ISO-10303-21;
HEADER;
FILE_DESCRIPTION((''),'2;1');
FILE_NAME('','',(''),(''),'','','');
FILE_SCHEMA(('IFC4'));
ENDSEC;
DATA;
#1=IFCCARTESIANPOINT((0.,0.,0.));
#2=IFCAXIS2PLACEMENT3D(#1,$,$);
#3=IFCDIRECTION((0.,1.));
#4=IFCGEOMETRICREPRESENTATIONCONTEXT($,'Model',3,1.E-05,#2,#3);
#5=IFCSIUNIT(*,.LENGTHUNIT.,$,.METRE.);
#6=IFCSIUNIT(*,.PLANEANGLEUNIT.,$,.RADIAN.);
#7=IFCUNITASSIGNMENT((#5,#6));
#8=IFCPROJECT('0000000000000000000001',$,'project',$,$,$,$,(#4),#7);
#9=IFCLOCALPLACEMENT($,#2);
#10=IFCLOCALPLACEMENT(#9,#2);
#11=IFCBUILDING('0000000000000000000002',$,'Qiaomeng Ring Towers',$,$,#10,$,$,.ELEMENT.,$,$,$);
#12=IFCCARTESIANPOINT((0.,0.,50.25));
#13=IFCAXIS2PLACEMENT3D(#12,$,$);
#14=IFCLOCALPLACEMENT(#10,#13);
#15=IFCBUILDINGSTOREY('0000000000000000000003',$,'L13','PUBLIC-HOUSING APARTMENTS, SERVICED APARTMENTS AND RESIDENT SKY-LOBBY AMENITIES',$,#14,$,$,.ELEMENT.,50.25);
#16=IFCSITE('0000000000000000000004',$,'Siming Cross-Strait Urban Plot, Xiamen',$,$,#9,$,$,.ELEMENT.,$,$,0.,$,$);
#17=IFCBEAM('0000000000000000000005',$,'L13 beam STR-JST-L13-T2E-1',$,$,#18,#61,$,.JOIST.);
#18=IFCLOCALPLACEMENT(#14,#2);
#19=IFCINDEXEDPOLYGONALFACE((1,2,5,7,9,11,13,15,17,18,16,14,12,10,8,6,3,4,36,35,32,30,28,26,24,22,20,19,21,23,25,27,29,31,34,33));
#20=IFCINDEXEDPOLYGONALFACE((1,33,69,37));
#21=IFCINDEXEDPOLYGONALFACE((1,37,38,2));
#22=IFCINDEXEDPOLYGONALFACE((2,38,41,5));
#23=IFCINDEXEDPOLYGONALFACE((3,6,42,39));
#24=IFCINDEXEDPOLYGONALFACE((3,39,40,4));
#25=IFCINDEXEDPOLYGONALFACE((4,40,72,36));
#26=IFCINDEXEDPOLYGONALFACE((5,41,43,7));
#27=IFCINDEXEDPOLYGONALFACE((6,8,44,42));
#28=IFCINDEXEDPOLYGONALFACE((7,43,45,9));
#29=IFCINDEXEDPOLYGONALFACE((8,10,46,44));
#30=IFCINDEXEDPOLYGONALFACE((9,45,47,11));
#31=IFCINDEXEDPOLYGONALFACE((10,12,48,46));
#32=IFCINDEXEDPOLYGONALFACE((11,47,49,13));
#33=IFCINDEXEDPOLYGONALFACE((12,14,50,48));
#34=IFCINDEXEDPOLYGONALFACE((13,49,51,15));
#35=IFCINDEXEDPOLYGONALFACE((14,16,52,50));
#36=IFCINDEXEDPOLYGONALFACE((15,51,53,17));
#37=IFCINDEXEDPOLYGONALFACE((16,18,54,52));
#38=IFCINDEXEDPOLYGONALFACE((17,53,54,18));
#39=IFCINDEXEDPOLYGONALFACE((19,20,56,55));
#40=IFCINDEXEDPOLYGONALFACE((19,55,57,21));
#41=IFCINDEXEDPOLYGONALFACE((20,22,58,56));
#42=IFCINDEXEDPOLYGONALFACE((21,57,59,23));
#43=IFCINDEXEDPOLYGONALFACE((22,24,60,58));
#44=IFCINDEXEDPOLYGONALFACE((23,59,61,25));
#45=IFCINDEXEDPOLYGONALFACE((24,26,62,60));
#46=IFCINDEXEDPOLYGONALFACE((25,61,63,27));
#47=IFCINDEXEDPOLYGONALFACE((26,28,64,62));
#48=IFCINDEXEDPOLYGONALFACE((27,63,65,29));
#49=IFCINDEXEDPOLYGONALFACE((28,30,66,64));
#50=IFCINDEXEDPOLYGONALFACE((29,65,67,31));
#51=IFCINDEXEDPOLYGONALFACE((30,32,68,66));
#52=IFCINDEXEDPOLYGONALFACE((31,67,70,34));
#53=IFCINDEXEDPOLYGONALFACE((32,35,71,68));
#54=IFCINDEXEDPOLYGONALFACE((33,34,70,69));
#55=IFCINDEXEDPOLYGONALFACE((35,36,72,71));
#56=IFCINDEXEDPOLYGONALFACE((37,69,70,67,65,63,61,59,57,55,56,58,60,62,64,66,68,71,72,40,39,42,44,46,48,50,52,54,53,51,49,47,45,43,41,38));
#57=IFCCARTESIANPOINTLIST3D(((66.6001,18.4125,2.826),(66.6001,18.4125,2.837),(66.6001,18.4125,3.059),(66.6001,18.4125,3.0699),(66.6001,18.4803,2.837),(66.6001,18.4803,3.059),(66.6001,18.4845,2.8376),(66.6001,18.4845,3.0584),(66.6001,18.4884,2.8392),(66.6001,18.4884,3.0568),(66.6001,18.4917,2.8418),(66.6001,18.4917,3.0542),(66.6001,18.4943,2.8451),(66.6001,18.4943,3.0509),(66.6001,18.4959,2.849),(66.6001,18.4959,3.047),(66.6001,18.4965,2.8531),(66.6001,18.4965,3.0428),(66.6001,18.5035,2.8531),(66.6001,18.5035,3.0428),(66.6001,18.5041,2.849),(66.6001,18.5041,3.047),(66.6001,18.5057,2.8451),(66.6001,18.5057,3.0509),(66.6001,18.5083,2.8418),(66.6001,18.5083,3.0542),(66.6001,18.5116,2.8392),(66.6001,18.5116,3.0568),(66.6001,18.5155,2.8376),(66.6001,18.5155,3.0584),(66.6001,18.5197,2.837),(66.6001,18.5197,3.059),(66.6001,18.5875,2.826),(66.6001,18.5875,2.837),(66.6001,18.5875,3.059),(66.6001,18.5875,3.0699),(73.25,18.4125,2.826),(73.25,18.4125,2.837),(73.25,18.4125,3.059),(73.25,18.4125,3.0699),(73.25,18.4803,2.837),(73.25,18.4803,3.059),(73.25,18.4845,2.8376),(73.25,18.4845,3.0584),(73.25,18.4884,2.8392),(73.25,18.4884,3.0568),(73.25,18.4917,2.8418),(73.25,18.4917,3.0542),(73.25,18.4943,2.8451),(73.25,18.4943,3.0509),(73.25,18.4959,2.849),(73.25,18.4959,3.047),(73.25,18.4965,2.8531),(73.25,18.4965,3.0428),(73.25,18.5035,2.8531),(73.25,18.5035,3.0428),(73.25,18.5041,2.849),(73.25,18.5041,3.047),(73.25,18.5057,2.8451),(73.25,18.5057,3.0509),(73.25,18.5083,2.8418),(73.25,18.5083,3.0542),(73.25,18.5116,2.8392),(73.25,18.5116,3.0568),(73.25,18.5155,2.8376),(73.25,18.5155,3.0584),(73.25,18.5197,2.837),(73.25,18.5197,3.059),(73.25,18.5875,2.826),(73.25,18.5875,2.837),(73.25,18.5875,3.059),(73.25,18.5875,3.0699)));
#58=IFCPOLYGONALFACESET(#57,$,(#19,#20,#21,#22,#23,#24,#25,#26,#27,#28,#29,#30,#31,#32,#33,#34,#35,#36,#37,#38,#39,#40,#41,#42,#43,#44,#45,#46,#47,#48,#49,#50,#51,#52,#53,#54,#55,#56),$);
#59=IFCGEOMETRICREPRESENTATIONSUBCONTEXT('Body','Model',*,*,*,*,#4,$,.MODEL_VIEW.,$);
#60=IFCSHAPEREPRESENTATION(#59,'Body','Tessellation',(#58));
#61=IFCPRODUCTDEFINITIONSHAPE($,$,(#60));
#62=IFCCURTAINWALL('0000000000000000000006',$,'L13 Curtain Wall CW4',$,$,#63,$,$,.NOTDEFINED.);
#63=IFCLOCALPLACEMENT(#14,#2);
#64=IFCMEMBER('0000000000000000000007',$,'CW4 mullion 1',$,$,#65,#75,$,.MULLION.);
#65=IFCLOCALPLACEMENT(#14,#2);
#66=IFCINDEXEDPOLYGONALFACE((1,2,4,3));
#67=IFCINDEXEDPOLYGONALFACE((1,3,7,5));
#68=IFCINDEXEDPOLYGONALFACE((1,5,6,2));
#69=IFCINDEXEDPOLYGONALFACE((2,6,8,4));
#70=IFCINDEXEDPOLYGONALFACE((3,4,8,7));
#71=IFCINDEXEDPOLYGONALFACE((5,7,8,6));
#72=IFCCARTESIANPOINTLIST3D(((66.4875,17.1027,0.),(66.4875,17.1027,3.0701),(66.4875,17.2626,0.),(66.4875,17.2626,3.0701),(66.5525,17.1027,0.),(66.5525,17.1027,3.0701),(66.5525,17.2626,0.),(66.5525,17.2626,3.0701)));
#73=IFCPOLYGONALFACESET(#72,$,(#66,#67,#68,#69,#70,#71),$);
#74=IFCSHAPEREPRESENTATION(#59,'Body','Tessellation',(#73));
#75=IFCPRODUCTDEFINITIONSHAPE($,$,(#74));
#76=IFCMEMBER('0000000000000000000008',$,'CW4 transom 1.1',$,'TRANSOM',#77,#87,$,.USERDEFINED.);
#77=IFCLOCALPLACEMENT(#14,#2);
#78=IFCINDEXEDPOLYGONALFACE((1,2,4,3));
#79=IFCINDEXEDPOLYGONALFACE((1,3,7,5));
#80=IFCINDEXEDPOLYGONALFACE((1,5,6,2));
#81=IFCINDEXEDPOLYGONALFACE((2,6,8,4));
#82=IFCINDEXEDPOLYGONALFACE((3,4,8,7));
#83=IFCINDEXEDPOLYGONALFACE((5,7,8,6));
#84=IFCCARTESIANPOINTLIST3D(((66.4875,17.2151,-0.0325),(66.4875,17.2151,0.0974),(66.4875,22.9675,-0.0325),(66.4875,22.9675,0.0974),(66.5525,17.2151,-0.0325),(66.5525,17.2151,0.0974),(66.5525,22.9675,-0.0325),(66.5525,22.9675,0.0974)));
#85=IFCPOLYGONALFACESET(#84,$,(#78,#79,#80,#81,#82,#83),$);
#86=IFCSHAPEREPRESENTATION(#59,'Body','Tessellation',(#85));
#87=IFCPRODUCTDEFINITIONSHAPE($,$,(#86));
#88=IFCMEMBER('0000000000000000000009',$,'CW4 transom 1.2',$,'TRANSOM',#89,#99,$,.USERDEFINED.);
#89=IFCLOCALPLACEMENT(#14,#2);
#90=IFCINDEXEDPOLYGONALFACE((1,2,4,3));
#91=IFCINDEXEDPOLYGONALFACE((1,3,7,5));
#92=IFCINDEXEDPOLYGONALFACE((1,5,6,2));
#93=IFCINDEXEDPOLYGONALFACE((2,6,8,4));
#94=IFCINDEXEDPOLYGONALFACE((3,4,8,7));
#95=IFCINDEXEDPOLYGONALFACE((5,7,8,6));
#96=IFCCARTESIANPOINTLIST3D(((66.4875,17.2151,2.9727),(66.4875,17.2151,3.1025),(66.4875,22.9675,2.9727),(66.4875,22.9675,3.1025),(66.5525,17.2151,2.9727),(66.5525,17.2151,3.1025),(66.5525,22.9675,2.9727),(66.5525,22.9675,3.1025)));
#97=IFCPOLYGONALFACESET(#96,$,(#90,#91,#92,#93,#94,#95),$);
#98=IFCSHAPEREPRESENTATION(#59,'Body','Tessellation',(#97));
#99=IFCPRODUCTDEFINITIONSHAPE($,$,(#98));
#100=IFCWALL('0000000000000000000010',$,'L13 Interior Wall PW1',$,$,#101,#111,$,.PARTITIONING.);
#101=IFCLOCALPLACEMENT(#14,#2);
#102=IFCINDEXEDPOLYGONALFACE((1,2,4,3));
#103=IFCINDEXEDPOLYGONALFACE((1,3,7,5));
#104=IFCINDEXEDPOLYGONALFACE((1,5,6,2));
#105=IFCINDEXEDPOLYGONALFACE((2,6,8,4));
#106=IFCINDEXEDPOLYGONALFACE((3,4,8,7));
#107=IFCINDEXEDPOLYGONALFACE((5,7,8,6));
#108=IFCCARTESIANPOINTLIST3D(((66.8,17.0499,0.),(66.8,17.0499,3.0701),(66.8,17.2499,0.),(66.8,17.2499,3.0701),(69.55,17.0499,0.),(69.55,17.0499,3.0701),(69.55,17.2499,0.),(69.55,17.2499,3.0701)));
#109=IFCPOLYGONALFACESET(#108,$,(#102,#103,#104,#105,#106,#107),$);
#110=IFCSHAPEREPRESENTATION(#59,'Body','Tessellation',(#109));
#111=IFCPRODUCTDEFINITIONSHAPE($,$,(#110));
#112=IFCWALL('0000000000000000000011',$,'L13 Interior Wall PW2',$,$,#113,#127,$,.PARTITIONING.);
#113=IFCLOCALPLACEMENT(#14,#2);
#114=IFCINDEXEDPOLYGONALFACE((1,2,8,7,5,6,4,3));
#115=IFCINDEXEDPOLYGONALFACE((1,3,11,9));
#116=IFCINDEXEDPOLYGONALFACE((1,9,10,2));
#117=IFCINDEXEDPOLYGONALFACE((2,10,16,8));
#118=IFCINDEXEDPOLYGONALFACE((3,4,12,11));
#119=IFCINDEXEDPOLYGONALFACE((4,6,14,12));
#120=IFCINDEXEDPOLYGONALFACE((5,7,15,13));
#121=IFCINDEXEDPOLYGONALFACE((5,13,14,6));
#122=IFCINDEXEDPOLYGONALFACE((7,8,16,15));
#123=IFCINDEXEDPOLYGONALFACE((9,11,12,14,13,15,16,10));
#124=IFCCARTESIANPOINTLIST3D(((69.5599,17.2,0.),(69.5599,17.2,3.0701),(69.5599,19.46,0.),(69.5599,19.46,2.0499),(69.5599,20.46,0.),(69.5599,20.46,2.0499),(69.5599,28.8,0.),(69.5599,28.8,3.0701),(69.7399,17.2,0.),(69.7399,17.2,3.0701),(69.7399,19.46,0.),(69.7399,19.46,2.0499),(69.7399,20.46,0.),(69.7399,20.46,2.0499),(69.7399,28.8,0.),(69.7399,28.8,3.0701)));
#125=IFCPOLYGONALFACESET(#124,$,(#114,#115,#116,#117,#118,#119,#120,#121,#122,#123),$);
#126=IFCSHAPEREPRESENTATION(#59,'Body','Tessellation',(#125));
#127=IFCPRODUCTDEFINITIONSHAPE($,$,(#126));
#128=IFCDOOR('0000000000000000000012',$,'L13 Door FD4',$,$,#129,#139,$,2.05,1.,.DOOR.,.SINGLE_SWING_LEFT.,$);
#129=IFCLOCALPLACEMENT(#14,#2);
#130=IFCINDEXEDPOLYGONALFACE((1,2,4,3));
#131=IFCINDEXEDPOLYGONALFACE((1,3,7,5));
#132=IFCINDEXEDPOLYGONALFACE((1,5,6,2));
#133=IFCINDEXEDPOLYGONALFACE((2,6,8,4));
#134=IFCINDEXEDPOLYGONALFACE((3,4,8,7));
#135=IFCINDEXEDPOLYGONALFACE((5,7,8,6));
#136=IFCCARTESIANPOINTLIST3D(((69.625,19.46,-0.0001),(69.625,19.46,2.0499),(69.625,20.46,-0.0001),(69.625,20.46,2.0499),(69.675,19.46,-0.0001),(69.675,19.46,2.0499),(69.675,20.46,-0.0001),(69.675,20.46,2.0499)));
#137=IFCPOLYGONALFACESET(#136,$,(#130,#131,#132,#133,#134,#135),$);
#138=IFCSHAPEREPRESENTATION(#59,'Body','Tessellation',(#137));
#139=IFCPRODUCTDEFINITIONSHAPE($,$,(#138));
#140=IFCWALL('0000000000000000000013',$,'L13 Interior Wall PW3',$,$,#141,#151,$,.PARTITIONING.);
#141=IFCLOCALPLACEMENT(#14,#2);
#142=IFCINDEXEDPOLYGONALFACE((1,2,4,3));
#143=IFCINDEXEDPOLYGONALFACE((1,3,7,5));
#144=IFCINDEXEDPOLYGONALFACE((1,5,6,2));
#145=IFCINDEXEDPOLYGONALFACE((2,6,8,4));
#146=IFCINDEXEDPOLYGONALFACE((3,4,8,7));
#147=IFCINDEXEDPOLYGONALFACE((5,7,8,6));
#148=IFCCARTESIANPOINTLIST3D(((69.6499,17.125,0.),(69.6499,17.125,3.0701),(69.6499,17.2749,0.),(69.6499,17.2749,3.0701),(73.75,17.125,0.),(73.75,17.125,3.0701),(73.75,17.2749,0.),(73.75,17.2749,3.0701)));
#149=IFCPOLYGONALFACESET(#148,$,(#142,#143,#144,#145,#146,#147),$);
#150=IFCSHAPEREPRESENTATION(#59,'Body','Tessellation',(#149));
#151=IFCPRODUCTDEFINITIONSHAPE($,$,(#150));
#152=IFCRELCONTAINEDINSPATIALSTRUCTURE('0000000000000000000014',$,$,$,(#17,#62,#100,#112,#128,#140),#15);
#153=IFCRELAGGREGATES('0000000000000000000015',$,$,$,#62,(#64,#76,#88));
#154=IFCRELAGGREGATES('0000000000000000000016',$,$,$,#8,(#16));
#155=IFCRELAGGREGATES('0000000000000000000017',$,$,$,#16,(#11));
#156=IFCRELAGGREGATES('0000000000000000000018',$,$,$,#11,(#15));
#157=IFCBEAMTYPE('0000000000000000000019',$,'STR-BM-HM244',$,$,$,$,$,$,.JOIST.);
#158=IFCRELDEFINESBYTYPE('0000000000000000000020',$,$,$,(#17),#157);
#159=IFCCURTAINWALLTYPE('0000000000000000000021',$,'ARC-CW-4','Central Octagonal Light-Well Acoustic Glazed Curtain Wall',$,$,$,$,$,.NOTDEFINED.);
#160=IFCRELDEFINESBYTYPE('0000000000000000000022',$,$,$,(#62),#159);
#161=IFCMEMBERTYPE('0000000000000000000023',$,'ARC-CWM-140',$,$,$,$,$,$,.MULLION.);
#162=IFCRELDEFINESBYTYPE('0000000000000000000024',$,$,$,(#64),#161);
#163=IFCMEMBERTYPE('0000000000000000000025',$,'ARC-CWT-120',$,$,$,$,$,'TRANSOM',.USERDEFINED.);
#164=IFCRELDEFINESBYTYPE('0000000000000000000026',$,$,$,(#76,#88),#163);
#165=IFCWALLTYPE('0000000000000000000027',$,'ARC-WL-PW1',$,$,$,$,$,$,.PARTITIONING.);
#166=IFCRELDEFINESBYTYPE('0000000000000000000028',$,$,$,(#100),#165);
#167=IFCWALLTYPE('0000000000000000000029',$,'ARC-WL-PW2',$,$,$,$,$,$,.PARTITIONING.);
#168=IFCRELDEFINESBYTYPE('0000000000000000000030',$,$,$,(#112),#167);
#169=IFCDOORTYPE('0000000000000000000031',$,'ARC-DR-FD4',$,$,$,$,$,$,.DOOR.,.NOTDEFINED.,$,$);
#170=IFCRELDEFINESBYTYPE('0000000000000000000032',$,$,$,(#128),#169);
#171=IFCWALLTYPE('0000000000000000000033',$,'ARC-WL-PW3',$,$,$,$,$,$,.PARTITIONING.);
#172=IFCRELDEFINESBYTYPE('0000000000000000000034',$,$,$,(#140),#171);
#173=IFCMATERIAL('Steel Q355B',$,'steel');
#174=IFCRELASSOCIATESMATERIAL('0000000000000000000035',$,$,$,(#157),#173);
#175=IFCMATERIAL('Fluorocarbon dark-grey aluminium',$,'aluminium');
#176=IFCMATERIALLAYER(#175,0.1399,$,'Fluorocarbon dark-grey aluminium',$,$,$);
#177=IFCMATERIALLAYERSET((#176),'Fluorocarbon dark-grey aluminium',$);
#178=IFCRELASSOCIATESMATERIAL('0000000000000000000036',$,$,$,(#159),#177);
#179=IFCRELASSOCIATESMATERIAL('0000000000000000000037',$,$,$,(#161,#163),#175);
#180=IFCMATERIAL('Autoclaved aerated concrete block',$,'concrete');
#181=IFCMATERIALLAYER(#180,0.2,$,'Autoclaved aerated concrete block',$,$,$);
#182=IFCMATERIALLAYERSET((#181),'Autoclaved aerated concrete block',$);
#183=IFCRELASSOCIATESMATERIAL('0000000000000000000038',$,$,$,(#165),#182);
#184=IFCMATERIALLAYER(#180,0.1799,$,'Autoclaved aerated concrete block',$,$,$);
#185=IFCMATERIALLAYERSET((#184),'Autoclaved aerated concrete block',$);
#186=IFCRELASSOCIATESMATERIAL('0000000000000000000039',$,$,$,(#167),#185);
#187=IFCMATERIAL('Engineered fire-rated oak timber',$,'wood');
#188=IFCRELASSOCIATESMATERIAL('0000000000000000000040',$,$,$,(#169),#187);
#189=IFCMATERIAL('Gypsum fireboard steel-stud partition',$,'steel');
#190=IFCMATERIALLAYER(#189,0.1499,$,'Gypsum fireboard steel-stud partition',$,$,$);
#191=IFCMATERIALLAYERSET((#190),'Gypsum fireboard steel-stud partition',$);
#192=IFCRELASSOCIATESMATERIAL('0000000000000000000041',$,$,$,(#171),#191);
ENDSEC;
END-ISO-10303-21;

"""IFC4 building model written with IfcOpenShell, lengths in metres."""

from ifc_helpers import new_model, si_unit, direction, frame, frame_2d, origin, origin_2d, place, context, subcontext, project, spatial, rectangle, i_section, extrude, source, transform, mapped, material, layer, layer_set, material_profile, profile_set, type_object, element, fill, aggregate, save


model = new_model("IFC4")

# Units and contexts
model_context = context("Model", 3, precision=1e-05, world=origin(), true_north=direction((0.0, 1.0)))
body_context = subcontext(model_context, "Body", "Model", "MODEL_VIEW")
ifc_project = project(units=[si_unit("LENGTHUNIT", "METRE"), si_unit("PLANEANGLEUNIT", "RADIAN")], contexts=[model_context])

# Site, building, storey
site_placement = place(None, origin())
site = spatial("IfcSite", under=ifc_project, at=site_placement, Name="Siming Cross-Strait Urban Plot, Xiamen", CompositionType="ELEMENT", RefElevation=0.0)
building_placement = place(site_placement, origin())
building = spatial("IfcBuilding", under=site, at=building_placement, Name="Qiaomeng Ring Towers", CompositionType="ELEMENT")
storey_placement = place(building_placement, frame((0.0, 0.0, 50.25)))
storey = spatial("IfcBuildingStorey", under=building, at=storey_placement, Name="L13", Description="PUBLIC-HOUSING APARTMENTS, SERVICED APARTMENTS AND RESIDENT SKY-LOBBY AMENITIES", CompositionType="ELEMENT", Elevation=50.25)

# Beam
ifc_material_1 = material(Name="Steel Q355B", Category="steel")
ifc_material_profile_1 = material_profile(ifc_material_1, i_section(OverallWidth=0.175, OverallDepth=0.2439, WebThickness=0.0071, FlangeThickness=0.011, FilletRadius=0.0161, at=origin_2d()), Name="HM 244x175x7x11")
ifc_profile_set_1 = profile_set([ifc_material_profile_1], Name="Steel Q355B")
beam_type_1 = type_object("IfcBeamType", Name="STR-BM-HM244", PredefinedType="JOIST", material=ifc_profile_set_1)
shared_shape_1 = source(origin(), body_context, "Body", "SweptSolid", [
    extrude(i_section(OverallWidth=0.175, OverallDepth=0.2439, WebThickness=0.0071, FlangeThickness=0.011, FilletRadius=0.0161, at=origin_2d()), origin(), (0.0, 0.0, 1.0), 6.6499),
])
beam_1_placement = place(storey_placement, frame((66.6001, 18.5, 2.948), z_axis=(1.0, 0.0, 0.0), x_axis=(0.0, 1.0, 0.0)))
element("IfcBeam", 1, at=beam_1_placement, inside=storey, type_object=beam_type_1, Name="L13 beam STR-JST-L13-T2E-1", PredefinedType="JOIST", context=body_context, shape_type="MappedRepresentation", body=[
    mapped(shared_shape_1, transform((0.0, 0.0, 0.0), x_axis=(1.0, 0.0, 0.0), y_axis=(0.0, 1.0, 0.0), z_axis=(0.0, 0.0, 1.0), scale=1.0)),
])

# Curtain wall, members
ifc_material_2 = material(Name="Fluorocarbon dark-grey aluminium", Category="aluminium")
ifc_layer_1 = layer(ifc_material_2, 0.1399, Name="Fluorocarbon dark-grey aluminium")
ifc_layer_set_1 = layer_set([ifc_layer_1], Name="Fluorocarbon dark-grey aluminium")
curtain_wall_type = type_object("IfcCurtainWallType", Name="ARC-CW-4", Description="Central Octagonal Light-Well Acoustic Glazed Curtain Wall", PredefinedType="NOTDEFINED", material=ifc_layer_set_1)
curtain_wall_placement = place(storey_placement, origin())
curtain_wall = element("IfcCurtainWall", 2, at=curtain_wall_placement, inside=storey, type_object=curtain_wall_type, Name="L13 Curtain Wall CW4", PredefinedType="NOTDEFINED")
ifc_material_profile_2 = material_profile(ifc_material_2, rectangle(XDim=0.0649, YDim=0.1599, at=origin_2d()), Name="ALU MULL 65x160")
ifc_profile_set_2 = profile_set([ifc_material_profile_2], Name="Fluorocarbon dark-grey aluminium")
member_type_1 = type_object("IfcMemberType", Name="ARC-CWM-140", PredefinedType="MULLION", material=ifc_profile_set_2)
shared_shape_2 = source(origin(), body_context, "Body", "SweptSolid", [
    extrude(rectangle(XDim=0.0649, YDim=0.1599, at=origin_2d()), origin(), (0.0, 0.0, 1.0), 3.0701),
])
member_1_placement = place(storey_placement, frame((66.52, 17.1826, 0.0), z_axis=(0.0, 0.0, 1.0), x_axis=(-1.0, 0.0, 0.0)))
member_1 = element("IfcMember", 3, at=member_1_placement, type_object=member_type_1, Name="CW4 mullion 1", PredefinedType="MULLION", context=body_context, shape_type="MappedRepresentation", body=[
    mapped(shared_shape_2, transform((0.0, 0.0, 0.0), x_axis=(1.0, 0.0, 0.0), y_axis=(0.0, 1.0, 0.0), z_axis=(0.0, 0.0, 1.0), scale=1.0)),
])
ifc_material_profile_3 = material_profile(ifc_material_2, rectangle(XDim=0.0649, YDim=0.1299, at=origin_2d()), Name="ALU TRAN 65x130")
ifc_profile_set_3 = profile_set([ifc_material_profile_3], Name="Fluorocarbon dark-grey aluminium")
member_type_2 = type_object("IfcMemberType", Name="ARC-CWT-120", ElementType="TRANSOM", PredefinedType="USERDEFINED", material=ifc_profile_set_3)
shared_shape_3 = source(origin(), body_context, "Body", "SweptSolid", [
    extrude(rectangle(XDim=0.0649, YDim=0.1299, at=origin_2d()), origin(), (0.0, 0.0, 1.0), 5.7524),
])
member_2_placement = place(storey_placement, frame((66.52, 17.2151, 0.0325), z_axis=(0.0, 1.0, 0.0), x_axis=(-1.0, 0.0, 0.0)))
member_2 = element("IfcMember", 4, at=member_2_placement, type_object=member_type_2, Name="CW4 transom 1.1", ObjectType="TRANSOM", PredefinedType="USERDEFINED", context=body_context, shape_type="MappedRepresentation", body=[
    mapped(shared_shape_3, transform((0.0, 0.0, 0.0), x_axis=(1.0, 0.0, 0.0), y_axis=(0.0, 1.0, 0.0), z_axis=(0.0, 0.0, 1.0), scale=1.0)),
])
member_3_placement = place(storey_placement, frame((66.52, 17.2151, 3.0376), z_axis=(0.0, 1.0, 0.0), x_axis=(-1.0, 0.0, 0.0)))
member_3 = element("IfcMember", 5, at=member_3_placement, type_object=member_type_2, Name="CW4 transom 1.2", ObjectType="TRANSOM", PredefinedType="USERDEFINED", context=body_context, shape_type="MappedRepresentation", body=[
    mapped(shared_shape_3, transform((0.0, 0.0, 0.0), x_axis=(1.0, 0.0, 0.0), y_axis=(0.0, 1.0, 0.0), z_axis=(0.0, 0.0, 1.0), scale=1.0)),
])
aggregate(curtain_wall, [member_1, member_2, member_3])

# Wall
ifc_material_3 = material(Name="Autoclaved aerated concrete block", Category="concrete")
ifc_layer_2 = layer(ifc_material_3, 0.2, Name="Autoclaved aerated concrete block")
ifc_layer_set_2 = layer_set([ifc_layer_2], Name="Autoclaved aerated concrete block")
wall_type_1 = type_object("IfcWallType", Name="ARC-WL-PW1", PredefinedType="PARTITIONING", material=ifc_layer_set_2)
wall_1_placement = place(storey_placement, frame((66.8, 17.1499, 0.0), z_axis=(0.0, 0.0, 1.0), x_axis=(1.0, 0.0, 0.0)))
element("IfcWall", 6, at=wall_1_placement, inside=storey, type_object=wall_type_1, Name="L13 Interior Wall PW1", PredefinedType="PARTITIONING", context=body_context, shape_type="SweptSolid", body=[
    extrude(rectangle(XDim=2.75, YDim=0.2, at=frame_2d((1.375, 0.0))), origin(), (0.0, 0.0, 1.0), 3.0701),
])

# Wall, opening, door
ifc_layer_3 = layer(ifc_material_3, 0.1799, Name="Autoclaved aerated concrete block")
ifc_layer_set_3 = layer_set([ifc_layer_3], Name="Autoclaved aerated concrete block")
wall_type_2 = type_object("IfcWallType", Name="ARC-WL-PW2", PredefinedType="PARTITIONING", material=ifc_layer_set_3)
wall_2_placement = place(storey_placement, frame((69.6499, 17.2, 0.0), z_axis=(0.0, 0.0, 1.0), x_axis=(0.0, 1.0, 0.0)))
wall_2 = element("IfcWall", 7, at=wall_2_placement, inside=storey, type_object=wall_type_2, Name="L13 Interior Wall PW2", PredefinedType="PARTITIONING", context=body_context, shape_type="SweptSolid", body=[
    extrude(rectangle(XDim=11.6001, YDim=0.1799, at=frame_2d((5.8, 0.0))), origin(), (0.0, 0.0, 1.0), 3.0701),
])
opening_1_placement = place(wall_2_placement, frame((2.26, 0.0, 0.0)))
opening_1 = element("IfcOpeningElement", 8, at=opening_1_placement, cuts=wall_2, PredefinedType="OPENING", context=body_context, shape_type="SweptSolid", body=[
    extrude(rectangle(XDim=1.0, YDim=2.05, at=frame_2d((0.5, 1.0249))), frame((0.0, 0.0999, 0.0), z_axis=(0.0, -1.0, 0.0), x_axis=(1.0, 0.0, 0.0)), (0.0, 0.0, 1.0), 0.2),
])
ifc_material_4 = material(Name="Engineered fire-rated oak timber", Category="wood")
door_type_1 = type_object("IfcDoorType", Name="ARC-DR-FD4", OperationType="NOTDEFINED", PredefinedType="DOOR", material=ifc_material_4)
shared_shape_4 = source(origin(), body_context, "Body", "SweptSolid", [
    extrude(rectangle(XDim=1.0, YDim=2.05, at=frame_2d((0.5, 1.0249))), frame((0.0, 0.0249, 0.0), z_axis=(0.0, -1.0, 0.0), x_axis=(1.0, 0.0, 0.0)), (0.0, 0.0, 1.0), 0.05),
])
door_1_placement = place(opening_1_placement, origin())
door_1 = element("IfcDoor", 9, at=door_1_placement, inside=storey, type_object=door_type_1, Name="L13 Door FD4", OperationType="SINGLE_SWING_LEFT", OverallHeight=2.05, OverallWidth=1.0, PredefinedType="DOOR", context=body_context, shape_type="MappedRepresentation", body=[
    mapped(shared_shape_4, transform((0.0, 0.0, 0.0), x_axis=(1.0, 0.0, 0.0), y_axis=(0.0, 1.0, 0.0), z_axis=(0.0, 0.0, 1.0), scale=1.0)),
])
fill(opening_1, door_1)

# Wall
ifc_material_5 = material(Name="Gypsum fireboard steel-stud partition", Category="steel")
ifc_layer_4 = layer(ifc_material_5, 0.1499, Name="Gypsum fireboard steel-stud partition")
ifc_layer_set_4 = layer_set([ifc_layer_4], Name="Gypsum fireboard steel-stud partition")
wall_type_3 = type_object("IfcWallType", Name="ARC-WL-PW3", PredefinedType="PARTITIONING", material=ifc_layer_set_4)
wall_3_placement = place(storey_placement, frame((69.6499, 17.2, 0.0), z_axis=(0.0, 0.0, 1.0), x_axis=(1.0, 0.0, 0.0)))
element("IfcWall", 10, at=wall_3_placement, inside=storey, type_object=wall_type_3, Name="L13 Interior Wall PW3", PredefinedType="PARTITIONING", context=body_context, shape_type="SweptSolid", body=[
    extrude(rectangle(XDim=4.1001, YDim=0.1499, at=frame_2d((2.05, 0.0))), origin(), (0.0, 0.0, 1.0), 3.0701),
])

save(model, "model.ifc")
